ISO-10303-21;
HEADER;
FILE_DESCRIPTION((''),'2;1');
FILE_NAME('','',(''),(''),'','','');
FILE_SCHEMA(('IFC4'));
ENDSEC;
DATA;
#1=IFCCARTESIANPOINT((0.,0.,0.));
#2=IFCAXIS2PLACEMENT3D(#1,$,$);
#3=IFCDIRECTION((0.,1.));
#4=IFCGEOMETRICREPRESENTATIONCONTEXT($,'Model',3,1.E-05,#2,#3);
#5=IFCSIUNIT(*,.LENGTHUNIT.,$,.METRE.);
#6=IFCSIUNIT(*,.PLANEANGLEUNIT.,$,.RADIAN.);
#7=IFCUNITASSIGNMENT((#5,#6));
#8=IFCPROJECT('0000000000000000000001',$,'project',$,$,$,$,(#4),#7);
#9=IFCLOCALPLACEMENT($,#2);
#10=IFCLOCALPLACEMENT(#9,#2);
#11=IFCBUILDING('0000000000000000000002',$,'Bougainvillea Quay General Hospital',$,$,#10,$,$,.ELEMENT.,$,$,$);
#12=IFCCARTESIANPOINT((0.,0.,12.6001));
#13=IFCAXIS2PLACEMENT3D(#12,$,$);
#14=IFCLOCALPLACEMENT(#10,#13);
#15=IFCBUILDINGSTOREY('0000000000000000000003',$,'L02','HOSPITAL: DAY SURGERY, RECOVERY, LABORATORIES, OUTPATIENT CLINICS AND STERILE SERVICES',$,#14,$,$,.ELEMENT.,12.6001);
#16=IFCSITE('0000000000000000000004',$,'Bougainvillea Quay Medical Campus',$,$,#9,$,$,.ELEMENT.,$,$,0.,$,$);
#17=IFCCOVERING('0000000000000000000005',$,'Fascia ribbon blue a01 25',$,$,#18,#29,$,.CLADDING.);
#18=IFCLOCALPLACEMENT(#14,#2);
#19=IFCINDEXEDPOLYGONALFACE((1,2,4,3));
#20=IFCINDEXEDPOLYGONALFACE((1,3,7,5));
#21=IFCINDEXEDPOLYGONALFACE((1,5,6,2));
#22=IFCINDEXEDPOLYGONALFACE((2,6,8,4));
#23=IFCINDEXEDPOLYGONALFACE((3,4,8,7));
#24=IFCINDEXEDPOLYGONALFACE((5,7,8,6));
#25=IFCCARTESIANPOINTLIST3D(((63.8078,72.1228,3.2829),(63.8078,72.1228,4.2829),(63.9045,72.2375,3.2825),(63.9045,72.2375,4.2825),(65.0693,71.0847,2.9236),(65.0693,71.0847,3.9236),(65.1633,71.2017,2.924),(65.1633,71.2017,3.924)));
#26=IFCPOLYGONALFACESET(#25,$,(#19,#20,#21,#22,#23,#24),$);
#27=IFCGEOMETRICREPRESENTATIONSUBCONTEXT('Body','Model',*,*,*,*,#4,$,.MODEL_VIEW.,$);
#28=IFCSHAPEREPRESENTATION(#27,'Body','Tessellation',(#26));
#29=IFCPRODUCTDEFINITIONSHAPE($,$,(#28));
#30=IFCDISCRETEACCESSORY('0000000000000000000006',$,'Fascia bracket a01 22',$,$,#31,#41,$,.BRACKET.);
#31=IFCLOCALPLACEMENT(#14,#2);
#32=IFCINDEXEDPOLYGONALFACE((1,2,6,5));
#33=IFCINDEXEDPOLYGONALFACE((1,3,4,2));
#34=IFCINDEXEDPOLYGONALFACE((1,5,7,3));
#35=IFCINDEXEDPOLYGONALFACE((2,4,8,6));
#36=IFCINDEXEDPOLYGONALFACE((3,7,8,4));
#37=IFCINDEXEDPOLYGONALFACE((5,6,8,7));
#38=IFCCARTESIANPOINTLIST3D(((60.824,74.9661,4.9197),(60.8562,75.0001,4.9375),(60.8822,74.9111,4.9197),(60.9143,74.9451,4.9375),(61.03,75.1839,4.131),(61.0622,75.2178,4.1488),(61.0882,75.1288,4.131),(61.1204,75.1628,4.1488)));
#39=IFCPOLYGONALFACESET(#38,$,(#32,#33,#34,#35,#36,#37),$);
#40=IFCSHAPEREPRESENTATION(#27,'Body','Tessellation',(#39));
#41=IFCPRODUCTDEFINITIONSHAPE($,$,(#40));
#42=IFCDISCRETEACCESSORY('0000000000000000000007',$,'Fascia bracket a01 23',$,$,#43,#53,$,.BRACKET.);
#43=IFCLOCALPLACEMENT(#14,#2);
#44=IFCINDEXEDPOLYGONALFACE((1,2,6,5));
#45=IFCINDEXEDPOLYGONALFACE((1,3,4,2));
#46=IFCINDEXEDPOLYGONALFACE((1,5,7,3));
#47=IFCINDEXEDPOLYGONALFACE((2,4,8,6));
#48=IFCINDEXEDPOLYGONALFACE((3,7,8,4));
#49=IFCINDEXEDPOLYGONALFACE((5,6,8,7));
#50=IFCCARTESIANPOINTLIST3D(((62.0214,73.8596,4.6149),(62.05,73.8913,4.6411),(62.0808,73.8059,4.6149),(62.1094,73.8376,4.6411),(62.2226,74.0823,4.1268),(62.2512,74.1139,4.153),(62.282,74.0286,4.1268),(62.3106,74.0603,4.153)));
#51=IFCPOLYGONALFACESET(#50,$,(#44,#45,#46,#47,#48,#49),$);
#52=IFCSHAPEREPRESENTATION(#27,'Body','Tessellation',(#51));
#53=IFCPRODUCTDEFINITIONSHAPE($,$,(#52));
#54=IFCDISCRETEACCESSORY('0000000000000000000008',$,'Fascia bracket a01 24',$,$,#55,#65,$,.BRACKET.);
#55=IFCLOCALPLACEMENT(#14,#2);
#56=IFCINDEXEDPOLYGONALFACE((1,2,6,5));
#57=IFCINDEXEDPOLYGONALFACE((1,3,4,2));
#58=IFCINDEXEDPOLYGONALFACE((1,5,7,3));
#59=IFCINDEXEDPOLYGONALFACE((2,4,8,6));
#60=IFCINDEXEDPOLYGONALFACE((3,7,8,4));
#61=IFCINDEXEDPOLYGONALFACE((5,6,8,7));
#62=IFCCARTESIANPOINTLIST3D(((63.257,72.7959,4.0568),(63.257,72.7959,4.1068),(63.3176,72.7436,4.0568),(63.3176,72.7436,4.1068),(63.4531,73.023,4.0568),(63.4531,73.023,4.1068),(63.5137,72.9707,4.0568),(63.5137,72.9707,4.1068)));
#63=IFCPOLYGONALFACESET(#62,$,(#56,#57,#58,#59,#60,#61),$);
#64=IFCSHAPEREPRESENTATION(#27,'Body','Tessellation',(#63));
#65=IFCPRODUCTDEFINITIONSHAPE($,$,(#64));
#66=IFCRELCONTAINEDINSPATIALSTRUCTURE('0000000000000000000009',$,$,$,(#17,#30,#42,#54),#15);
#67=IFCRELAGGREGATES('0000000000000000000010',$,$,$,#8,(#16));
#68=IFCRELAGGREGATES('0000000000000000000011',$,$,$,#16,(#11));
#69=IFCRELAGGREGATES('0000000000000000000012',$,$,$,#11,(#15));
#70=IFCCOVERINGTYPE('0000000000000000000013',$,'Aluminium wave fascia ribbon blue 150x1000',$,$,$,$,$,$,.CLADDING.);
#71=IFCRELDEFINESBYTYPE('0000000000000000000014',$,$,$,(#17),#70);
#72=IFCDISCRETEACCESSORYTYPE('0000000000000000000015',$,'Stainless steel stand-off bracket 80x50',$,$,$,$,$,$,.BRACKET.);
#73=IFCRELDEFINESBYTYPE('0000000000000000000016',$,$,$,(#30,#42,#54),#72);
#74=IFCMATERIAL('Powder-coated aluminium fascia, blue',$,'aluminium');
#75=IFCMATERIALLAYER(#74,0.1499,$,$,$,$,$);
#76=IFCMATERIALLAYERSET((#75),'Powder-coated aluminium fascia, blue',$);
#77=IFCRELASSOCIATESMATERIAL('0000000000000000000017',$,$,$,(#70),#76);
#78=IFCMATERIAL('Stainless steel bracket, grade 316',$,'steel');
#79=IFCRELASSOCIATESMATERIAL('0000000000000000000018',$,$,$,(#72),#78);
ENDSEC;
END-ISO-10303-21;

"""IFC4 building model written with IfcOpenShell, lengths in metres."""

from ifc_helpers import new_model, si_unit, direction, frame, origin, origin_2d, place, context, subcontext, project, spatial, polyline, rectangle, outline, extrude, material, layer, layer_set, material_profile, profile_set, type_object, element, save


model = new_model("IFC4")

# Units and contexts
model_context = context("Model", 3, precision=1e-05, world=origin(), true_north=direction((0.0, 1.0)))
body_context = subcontext(model_context, "Body", "Model", "MODEL_VIEW")
ifc_project = project(units=[si_unit("LENGTHUNIT", "METRE"), si_unit("PLANEANGLEUNIT", "RADIAN")], contexts=[model_context])

# Site, building, storey
site_placement = place(None, origin())
site = spatial("IfcSite", under=ifc_project, at=site_placement, Name="Bougainvillea Quay Medical Campus", CompositionType="ELEMENT", RefElevation=0.0)
building_placement = place(site_placement, origin())
building = spatial("IfcBuilding", under=site, at=building_placement, Name="Bougainvillea Quay General Hospital", CompositionType="ELEMENT")
storey_placement = place(building_placement, frame((0.0, 0.0, 12.6001)))
storey = spatial("IfcBuildingStorey", under=building, at=storey_placement, Name="L02", Description="HOSPITAL: DAY SURGERY, RECOVERY, LABORATORIES, OUTPATIENT CLINICS AND STERILE SERVICES", CompositionType="ELEMENT", Elevation=12.6001)

# Covering
ifc_material_1 = material(Name="Powder-coated aluminium fascia, blue", Category="aluminium")
ifc_layer_1 = layer(ifc_material_1, 0.1499)
ifc_layer_set_1 = layer_set([ifc_layer_1], Name="Powder-coated aluminium fascia, blue")
covering_type = type_object("IfcCoveringType", Name="Aluminium wave fascia ribbon blue 150x1000", PredefinedType="CLADDING", material=ifc_layer_set_1)
covering_1_placement = place(storey_placement, frame((63.9045, 72.2375, 3.2825), z_axis=(0.165841, -0.136482, 0.976662), x_axis=(0.754139, -0.6206, -0.21478)))
element("IfcCovering", 1, at=covering_1_placement, inside=storey, type_object=covering_type, Name="Fascia ribbon blue a01 25", PredefinedType="CLADDING", context=body_context, shape_type="SweptSolid", body=[
    extrude(outline(polyline([(0.0, 0.0), (1.6692, 0.0), (1.6709, -0.15), (-0.0018, -0.15), (0.0, 0.0)])), origin(), (-0.21478, 0.000006, 0.976662), 1.0),
])

# Discrete accessories
ifc_material_2 = material(Name="Stainless steel bracket, grade 316", Category="steel")
ifc_material_profile_1 = material_profile(ifc_material_2, rectangle(XDim=0.0801, YDim=0.05, at=origin_2d()))
ifc_profile_set_1 = profile_set([ifc_material_profile_1], Name="Stainless steel bracket, grade 316")
discrete_accessory_type = type_object("IfcDiscreteAccessoryType", Name="Stainless steel stand-off bracket 80x50", PredefinedType="BRACKET", material=ifc_profile_set_1)
discrete_accessory_1_placement = place(storey_placement, frame((61.0752, 75.1733, 4.1399), z_axis=(-0.244178, -0.258065, 0.934762), x_axis=(0.726381, -0.687293, 0.0)))
element("IfcDiscreteAccessory", 2, at=discrete_accessory_1_placement, inside=storey, type_object=discrete_accessory_type, Name="Fascia bracket a01 22", PredefinedType="BRACKET", context=body_context, shape_type="SweptSolid", body=[
    extrude(rectangle(XDim=0.0801, YDim=0.05, at=origin_2d()), origin(), (0.0, 0.0, 1.0), 0.8438),
])
discrete_accessory_2_placement = place(storey_placement, frame((62.2666, 74.0713, 4.1399), z_axis=(-0.35114, -0.388641, 0.851856), x_axis=(0.741998, -0.670402, 0.0)))
element("IfcDiscreteAccessory", 3, at=discrete_accessory_2_placement, inside=storey, type_object=discrete_accessory_type, Name="Fascia bracket a01 23", PredefinedType="BRACKET", context=body_context, shape_type="SweptSolid", body=[
    extrude(rectangle(XDim=0.0801, YDim=0.05, at=origin_2d()), origin(), (0.0, 0.0, 1.0), 0.573),
])
discrete_accessory_3_placement = place(storey_placement, frame((63.4834, 72.9968, 4.0818), z_axis=(-0.653535, -0.756896, 0.0), x_axis=(0.756896, -0.653535, 0.0)))
element("IfcDiscreteAccessory", 4, at=discrete_accessory_3_placement, inside=storey, type_object=discrete_accessory_type, Name="Fascia bracket a01 24", PredefinedType="BRACKET", context=body_context, shape_type="SweptSolid", body=[
    extrude(rectangle(XDim=0.0801, YDim=0.05, at=origin_2d()), origin(), (0.0, 0.0, 1.0), 0.3),
])

save(model, "model.ifc")
